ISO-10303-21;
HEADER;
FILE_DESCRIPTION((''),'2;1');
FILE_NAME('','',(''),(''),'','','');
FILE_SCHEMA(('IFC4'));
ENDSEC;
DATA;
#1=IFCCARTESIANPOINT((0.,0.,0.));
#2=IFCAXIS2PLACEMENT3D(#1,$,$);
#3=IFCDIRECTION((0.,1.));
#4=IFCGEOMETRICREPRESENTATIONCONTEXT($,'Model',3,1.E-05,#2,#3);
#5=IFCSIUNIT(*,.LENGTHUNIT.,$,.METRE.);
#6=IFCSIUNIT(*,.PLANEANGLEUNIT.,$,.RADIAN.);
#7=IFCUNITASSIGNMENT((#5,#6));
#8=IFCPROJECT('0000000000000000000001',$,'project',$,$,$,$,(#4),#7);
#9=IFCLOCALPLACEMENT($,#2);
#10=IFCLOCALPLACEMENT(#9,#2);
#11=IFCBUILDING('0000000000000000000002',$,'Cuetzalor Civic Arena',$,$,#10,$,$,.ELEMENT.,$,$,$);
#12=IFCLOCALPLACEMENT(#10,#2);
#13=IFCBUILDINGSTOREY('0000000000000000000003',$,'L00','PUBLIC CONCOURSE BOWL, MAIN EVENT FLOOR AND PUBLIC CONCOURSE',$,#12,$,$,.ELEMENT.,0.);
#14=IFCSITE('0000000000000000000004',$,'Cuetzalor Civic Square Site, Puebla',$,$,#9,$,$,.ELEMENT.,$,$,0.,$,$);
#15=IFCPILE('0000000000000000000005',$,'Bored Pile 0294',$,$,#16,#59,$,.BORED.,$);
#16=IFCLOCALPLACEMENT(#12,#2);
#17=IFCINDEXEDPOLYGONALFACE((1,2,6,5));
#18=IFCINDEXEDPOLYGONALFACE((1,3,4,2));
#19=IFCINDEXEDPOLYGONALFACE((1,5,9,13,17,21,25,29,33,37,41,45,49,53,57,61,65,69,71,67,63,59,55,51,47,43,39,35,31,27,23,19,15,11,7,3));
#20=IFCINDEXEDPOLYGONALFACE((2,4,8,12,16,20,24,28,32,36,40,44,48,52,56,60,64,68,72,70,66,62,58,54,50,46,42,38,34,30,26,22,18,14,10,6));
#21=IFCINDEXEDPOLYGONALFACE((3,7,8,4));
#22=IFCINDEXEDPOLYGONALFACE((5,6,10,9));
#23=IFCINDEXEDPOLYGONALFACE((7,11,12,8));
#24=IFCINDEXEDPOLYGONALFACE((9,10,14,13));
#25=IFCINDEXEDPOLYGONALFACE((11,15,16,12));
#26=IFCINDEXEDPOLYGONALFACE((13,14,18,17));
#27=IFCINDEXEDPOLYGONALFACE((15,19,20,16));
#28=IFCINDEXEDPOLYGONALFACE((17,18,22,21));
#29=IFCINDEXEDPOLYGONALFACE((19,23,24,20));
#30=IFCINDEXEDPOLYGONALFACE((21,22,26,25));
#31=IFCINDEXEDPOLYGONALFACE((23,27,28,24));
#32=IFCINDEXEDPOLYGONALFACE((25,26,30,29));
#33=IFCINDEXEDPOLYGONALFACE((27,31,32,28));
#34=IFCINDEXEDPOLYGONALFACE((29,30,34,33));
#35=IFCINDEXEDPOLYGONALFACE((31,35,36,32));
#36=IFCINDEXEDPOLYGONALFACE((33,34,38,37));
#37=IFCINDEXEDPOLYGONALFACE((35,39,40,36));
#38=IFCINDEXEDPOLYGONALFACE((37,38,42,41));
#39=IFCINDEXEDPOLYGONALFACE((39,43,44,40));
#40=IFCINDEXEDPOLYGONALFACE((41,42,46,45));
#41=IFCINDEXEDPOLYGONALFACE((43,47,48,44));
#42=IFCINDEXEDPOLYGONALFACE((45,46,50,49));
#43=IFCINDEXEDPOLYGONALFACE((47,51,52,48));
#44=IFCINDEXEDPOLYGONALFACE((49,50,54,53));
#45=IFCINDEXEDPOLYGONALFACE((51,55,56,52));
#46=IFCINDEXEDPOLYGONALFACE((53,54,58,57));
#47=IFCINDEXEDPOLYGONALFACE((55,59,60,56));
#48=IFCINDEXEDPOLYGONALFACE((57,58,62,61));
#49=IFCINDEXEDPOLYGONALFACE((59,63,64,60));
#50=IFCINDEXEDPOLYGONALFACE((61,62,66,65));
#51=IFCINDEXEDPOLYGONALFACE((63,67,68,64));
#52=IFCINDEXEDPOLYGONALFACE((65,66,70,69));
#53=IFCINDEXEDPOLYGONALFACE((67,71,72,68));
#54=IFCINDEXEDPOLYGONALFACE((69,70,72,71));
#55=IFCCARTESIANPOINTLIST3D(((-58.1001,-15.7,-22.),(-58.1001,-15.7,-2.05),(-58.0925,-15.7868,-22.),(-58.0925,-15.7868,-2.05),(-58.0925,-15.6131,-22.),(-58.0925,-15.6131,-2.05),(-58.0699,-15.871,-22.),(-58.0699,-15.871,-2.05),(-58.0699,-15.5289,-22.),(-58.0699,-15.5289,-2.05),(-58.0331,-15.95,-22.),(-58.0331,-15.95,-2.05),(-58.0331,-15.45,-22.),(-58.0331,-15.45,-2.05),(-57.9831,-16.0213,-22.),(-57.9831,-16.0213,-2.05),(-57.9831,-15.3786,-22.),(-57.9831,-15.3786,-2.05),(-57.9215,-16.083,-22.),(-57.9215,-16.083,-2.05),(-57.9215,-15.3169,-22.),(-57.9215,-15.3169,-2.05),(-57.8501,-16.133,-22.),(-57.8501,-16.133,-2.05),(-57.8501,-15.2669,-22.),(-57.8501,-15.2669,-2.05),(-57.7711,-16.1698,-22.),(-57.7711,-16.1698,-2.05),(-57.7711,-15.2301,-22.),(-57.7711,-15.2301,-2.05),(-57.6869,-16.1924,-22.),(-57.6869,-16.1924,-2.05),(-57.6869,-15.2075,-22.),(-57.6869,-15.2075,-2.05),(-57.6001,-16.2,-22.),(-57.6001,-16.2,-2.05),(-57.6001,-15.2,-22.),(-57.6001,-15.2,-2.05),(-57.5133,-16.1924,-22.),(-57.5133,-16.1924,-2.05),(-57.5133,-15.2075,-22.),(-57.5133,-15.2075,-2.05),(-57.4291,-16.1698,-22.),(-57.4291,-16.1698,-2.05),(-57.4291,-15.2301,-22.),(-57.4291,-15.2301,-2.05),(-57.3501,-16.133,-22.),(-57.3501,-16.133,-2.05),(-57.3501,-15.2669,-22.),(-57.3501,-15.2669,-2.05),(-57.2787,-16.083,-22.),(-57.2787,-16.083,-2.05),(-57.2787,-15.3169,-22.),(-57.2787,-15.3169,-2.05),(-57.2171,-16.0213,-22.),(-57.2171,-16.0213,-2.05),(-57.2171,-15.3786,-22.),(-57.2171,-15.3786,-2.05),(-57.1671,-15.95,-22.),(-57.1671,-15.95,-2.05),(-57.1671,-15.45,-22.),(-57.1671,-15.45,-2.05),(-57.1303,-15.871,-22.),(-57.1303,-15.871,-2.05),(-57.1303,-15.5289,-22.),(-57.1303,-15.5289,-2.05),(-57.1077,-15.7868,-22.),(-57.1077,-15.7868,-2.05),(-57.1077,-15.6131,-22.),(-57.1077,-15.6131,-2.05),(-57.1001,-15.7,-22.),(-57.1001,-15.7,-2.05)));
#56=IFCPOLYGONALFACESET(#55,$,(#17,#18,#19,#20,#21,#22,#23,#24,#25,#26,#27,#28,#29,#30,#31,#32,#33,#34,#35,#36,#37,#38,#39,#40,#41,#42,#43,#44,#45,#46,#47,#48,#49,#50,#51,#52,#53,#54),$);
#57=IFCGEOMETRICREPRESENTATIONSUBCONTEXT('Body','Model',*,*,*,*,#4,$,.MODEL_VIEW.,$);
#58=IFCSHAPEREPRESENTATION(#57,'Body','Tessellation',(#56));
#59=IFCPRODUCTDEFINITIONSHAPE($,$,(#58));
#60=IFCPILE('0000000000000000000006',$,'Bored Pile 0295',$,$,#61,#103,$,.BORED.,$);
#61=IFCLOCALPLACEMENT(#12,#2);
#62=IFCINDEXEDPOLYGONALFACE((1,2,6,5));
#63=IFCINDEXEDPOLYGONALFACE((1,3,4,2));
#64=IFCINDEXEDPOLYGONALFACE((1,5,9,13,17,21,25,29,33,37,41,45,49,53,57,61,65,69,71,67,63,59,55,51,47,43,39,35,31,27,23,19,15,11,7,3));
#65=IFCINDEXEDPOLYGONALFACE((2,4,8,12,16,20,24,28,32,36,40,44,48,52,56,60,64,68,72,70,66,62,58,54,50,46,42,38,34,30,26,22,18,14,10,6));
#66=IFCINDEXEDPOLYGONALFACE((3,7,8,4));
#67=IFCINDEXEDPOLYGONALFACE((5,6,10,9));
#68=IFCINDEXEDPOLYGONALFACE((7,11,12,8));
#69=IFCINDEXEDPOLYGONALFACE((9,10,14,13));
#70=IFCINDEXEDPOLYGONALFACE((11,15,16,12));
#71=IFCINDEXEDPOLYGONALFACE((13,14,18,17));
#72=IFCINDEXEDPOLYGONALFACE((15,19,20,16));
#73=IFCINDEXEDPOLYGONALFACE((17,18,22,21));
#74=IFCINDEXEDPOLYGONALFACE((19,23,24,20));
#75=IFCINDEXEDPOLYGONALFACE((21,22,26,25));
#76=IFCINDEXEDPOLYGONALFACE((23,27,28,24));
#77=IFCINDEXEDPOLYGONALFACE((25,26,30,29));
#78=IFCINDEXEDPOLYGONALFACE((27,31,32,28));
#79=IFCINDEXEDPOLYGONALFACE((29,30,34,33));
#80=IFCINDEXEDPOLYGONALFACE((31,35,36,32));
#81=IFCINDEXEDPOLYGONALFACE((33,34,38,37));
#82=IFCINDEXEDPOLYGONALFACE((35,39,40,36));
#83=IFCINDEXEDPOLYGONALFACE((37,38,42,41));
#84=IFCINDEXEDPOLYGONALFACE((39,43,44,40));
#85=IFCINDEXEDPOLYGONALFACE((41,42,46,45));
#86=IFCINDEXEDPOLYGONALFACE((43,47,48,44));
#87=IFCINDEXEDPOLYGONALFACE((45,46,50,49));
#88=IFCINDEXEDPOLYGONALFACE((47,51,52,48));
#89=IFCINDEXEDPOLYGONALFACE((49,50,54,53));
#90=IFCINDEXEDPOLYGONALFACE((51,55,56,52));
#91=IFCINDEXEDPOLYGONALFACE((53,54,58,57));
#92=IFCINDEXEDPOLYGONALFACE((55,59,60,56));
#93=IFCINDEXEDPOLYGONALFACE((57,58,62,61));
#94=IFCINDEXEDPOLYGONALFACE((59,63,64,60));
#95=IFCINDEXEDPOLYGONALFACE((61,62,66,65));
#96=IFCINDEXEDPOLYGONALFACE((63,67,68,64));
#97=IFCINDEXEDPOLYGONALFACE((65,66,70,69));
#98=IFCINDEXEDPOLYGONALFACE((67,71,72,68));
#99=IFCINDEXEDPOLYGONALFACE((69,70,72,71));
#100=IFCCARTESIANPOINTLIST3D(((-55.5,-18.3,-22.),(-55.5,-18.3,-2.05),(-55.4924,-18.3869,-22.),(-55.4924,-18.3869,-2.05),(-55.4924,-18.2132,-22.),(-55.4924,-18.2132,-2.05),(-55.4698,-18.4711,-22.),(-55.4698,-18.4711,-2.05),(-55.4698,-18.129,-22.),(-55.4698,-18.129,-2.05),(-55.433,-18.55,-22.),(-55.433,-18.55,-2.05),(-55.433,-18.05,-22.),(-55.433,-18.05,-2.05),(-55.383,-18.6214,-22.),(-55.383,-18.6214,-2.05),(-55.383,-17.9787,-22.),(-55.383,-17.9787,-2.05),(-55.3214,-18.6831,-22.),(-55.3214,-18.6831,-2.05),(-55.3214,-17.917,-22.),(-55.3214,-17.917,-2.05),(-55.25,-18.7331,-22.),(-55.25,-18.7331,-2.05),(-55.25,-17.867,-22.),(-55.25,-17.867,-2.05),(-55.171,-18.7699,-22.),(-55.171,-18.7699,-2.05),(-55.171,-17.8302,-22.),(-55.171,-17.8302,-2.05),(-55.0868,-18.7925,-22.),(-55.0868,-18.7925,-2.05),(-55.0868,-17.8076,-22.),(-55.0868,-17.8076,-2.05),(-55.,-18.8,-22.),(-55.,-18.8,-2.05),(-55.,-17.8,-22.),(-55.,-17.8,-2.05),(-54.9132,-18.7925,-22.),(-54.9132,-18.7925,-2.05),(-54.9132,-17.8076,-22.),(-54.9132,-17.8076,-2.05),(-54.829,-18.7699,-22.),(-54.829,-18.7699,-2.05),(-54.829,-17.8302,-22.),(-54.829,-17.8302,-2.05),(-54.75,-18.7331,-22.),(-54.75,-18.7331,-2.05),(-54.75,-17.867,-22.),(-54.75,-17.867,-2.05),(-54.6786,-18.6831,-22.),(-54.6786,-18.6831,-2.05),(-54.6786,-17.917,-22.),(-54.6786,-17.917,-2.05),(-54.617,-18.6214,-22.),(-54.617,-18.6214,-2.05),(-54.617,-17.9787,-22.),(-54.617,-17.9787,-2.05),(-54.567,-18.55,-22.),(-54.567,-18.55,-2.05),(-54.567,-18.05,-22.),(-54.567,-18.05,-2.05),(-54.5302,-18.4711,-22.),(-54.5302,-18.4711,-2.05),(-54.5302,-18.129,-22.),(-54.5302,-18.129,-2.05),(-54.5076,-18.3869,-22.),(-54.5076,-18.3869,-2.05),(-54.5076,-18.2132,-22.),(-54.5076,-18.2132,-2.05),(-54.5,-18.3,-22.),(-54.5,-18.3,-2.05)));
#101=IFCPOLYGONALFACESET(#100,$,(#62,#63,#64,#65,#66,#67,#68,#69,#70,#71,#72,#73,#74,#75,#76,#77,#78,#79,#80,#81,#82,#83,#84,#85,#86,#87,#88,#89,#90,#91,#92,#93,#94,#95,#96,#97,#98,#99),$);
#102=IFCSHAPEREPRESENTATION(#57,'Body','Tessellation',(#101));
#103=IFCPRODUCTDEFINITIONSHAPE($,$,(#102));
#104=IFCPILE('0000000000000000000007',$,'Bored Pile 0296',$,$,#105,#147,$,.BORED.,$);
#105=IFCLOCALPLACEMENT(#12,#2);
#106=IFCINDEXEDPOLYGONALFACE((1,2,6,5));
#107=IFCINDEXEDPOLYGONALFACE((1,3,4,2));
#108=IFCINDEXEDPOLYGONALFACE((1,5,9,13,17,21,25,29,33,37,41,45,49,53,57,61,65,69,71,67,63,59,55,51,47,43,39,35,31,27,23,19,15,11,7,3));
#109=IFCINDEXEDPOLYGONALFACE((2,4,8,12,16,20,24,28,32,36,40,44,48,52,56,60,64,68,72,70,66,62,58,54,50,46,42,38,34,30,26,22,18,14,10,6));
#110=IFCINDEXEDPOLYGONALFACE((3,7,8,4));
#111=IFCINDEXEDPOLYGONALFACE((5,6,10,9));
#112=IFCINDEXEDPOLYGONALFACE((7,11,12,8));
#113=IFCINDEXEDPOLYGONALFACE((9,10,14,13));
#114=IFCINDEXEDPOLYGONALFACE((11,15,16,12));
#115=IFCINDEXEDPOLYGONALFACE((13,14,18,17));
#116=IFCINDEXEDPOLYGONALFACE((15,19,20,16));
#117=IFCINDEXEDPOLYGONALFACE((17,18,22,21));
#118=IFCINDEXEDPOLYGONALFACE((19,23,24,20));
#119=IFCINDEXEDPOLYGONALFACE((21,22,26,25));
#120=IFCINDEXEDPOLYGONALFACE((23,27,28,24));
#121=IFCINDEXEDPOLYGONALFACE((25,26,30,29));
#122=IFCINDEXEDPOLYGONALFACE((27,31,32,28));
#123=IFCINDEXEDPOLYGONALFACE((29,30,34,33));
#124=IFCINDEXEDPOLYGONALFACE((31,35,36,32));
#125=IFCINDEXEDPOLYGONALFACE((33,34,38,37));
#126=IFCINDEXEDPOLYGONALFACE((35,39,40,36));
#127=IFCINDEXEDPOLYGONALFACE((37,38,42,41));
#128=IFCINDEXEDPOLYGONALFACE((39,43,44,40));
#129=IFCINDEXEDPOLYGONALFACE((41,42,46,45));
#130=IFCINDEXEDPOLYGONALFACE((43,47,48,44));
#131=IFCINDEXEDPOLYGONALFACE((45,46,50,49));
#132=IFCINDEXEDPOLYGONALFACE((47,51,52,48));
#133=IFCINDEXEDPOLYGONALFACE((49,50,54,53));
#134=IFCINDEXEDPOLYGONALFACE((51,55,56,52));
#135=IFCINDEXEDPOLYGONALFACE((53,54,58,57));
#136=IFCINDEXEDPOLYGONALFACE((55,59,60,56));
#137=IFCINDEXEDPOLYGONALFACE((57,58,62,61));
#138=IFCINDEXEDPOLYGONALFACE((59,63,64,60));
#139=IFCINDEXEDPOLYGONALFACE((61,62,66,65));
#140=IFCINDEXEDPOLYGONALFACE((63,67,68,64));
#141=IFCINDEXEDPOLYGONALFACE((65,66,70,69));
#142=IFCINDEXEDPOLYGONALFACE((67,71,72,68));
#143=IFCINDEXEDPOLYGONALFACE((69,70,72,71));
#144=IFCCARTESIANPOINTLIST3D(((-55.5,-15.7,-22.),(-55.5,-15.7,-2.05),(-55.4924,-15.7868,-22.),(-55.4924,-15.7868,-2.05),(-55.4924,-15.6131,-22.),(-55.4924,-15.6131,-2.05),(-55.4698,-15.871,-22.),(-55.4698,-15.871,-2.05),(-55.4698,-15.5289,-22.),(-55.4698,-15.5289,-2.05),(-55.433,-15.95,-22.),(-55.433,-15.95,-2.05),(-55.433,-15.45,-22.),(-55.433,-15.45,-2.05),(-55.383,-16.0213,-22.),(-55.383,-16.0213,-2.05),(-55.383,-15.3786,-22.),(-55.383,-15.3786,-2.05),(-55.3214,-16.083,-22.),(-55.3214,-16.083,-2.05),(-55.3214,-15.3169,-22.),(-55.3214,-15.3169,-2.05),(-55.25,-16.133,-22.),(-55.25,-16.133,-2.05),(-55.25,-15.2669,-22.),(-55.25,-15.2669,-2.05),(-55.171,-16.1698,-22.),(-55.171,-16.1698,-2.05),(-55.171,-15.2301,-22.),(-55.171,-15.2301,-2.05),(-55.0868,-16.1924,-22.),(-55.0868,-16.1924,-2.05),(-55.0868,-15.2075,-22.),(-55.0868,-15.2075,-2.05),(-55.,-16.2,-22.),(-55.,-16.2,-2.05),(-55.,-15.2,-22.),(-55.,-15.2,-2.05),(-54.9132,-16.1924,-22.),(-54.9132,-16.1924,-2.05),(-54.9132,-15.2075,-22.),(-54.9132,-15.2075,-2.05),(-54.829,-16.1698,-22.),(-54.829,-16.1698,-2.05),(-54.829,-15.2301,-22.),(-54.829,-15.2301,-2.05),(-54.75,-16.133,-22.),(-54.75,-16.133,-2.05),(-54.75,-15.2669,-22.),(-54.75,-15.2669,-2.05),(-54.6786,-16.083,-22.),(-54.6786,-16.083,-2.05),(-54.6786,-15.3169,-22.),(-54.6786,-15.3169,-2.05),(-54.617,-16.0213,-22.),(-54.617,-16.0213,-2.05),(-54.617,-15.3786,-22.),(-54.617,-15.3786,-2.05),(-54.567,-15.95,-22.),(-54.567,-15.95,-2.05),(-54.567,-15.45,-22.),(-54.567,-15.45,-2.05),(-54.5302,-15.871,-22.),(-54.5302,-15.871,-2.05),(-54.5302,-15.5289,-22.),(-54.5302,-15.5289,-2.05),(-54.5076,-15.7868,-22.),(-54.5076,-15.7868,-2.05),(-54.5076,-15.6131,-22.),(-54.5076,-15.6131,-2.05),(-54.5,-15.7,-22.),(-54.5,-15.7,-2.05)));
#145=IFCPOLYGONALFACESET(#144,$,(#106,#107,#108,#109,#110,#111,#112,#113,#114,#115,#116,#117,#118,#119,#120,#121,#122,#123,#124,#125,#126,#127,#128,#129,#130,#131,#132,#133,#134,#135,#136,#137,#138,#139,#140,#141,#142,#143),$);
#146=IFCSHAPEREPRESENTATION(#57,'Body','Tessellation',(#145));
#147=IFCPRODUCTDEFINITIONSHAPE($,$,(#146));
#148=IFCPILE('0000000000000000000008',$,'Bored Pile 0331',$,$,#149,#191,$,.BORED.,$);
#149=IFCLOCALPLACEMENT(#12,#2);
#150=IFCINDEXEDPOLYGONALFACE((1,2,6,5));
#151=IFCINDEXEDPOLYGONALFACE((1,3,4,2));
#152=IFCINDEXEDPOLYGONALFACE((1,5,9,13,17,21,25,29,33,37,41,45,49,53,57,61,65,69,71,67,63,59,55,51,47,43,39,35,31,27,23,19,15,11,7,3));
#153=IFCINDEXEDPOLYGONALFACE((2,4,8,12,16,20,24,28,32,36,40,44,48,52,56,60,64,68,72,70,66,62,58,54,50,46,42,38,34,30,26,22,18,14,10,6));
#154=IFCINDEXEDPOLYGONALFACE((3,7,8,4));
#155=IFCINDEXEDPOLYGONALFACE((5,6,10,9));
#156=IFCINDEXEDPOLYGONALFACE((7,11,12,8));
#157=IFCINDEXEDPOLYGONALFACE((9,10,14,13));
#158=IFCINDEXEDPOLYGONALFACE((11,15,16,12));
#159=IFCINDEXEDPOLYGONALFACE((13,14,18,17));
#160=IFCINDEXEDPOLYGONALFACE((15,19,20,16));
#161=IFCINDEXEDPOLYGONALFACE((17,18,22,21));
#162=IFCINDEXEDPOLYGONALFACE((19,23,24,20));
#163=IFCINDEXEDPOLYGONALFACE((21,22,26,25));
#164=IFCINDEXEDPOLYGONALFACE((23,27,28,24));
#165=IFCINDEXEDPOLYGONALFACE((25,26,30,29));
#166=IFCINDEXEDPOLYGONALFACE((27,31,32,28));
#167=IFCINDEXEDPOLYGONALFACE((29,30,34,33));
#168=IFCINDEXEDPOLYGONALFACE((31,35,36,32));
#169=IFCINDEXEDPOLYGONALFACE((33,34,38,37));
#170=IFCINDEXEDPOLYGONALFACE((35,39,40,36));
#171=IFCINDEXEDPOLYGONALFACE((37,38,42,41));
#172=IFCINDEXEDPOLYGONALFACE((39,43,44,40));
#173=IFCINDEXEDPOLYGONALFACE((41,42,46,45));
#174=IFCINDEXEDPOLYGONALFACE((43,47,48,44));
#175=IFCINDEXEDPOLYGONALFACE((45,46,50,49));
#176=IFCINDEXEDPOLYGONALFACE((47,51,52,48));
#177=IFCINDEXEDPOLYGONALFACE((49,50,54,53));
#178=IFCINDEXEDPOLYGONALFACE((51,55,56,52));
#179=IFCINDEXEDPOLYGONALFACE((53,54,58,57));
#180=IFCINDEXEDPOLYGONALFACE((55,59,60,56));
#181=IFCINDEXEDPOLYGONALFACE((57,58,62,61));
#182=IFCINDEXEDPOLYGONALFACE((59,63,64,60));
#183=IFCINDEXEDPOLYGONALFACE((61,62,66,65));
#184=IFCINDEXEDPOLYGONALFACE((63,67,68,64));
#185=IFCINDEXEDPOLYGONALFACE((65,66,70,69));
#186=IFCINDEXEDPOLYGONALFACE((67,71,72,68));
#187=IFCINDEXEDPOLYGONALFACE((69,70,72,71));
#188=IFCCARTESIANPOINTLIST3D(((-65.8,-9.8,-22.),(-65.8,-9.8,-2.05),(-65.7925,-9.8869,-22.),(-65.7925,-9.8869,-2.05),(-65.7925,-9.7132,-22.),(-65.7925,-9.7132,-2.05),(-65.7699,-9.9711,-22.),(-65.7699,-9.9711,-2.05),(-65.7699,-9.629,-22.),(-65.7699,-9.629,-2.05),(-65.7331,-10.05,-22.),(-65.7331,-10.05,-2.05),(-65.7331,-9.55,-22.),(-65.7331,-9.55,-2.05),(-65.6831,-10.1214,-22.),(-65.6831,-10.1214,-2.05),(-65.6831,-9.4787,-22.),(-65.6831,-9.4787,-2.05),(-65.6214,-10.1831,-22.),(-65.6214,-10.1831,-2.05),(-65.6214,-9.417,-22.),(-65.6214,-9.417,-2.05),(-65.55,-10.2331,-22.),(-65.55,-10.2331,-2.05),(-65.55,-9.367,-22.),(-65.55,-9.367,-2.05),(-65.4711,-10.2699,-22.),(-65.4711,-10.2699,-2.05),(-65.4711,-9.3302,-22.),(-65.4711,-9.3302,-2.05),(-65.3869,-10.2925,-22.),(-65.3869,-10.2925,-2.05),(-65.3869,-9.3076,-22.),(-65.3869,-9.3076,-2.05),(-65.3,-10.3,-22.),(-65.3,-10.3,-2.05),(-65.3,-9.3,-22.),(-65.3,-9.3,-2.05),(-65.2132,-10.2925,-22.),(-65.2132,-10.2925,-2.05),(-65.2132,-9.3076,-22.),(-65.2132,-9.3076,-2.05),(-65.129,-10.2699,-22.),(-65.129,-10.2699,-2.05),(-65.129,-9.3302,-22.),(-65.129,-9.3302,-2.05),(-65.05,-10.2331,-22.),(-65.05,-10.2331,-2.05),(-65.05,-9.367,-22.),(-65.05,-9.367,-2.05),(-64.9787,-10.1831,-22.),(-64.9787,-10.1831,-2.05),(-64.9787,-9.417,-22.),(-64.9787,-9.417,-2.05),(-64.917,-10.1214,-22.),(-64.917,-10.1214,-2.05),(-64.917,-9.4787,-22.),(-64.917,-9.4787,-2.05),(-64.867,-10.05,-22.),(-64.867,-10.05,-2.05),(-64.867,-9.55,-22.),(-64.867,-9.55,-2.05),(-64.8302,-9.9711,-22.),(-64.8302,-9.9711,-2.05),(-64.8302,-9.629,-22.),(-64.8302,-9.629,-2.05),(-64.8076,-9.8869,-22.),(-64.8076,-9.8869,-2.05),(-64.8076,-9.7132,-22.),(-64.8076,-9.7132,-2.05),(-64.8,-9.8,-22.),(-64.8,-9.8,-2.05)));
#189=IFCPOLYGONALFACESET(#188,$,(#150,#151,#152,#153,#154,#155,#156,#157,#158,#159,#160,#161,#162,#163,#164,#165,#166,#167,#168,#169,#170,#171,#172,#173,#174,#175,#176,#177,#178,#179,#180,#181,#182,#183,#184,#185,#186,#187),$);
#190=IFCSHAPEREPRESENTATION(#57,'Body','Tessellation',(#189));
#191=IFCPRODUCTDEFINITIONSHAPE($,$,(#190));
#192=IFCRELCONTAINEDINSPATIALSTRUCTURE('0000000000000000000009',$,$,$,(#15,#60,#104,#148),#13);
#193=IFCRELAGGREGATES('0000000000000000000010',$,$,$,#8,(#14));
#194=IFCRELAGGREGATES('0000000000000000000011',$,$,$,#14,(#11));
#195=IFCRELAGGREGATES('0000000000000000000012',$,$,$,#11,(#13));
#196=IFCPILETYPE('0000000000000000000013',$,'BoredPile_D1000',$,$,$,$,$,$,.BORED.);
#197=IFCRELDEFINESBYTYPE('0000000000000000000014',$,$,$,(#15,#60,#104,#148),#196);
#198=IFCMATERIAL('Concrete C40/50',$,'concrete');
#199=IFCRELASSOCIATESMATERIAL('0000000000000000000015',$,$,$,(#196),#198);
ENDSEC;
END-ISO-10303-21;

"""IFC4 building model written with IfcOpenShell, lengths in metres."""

from ifc_helpers import new_model, si_unit, direction, frame, origin, origin_2d, place, context, subcontext, project, spatial, circle, extrude, material, material_profile, profile_set, type_object, element, save


model = new_model("IFC4")

# Units and contexts
model_context = context("Model", 3, precision=1e-05, world=origin(), true_north=direction((0.0, 1.0)))
body_context = subcontext(model_context, "Body", "Model", "MODEL_VIEW")
ifc_project = project(units=[si_unit("LENGTHUNIT", "METRE"), si_unit("PLANEANGLEUNIT", "RADIAN")], contexts=[model_context])

# Site, building, storey
site_placement = place(None, origin())
site = spatial("IfcSite", under=ifc_project, at=site_placement, Name="Cuetzalor Civic Square Site, Puebla", CompositionType="ELEMENT", RefElevation=0.0)
building_placement = place(site_placement, origin())
building = spatial("IfcBuilding", under=site, at=building_placement, Name="Cuetzalor Civic Arena", CompositionType="ELEMENT")
storey_placement = place(building_placement, origin())
storey = spatial("IfcBuildingStorey", under=building, at=storey_placement, Name="L00", Description="PUBLIC CONCOURSE BOWL, MAIN EVENT FLOOR AND PUBLIC CONCOURSE", CompositionType="ELEMENT", Elevation=0.0)

# Piles
ifc_material_1 = material(Name="Concrete C40/50", Category="concrete")
ifc_material_profile_1 = material_profile(ifc_material_1, circle(Radius=0.5, at=origin_2d()), Name="BORED PILE D1000")
ifc_profile_set_1 = profile_set([ifc_material_profile_1], Name="Concrete C40/50")
pile_type_1 = type_object("IfcPileType", Name="BoredPile_D1000", PredefinedType="BORED", material=ifc_profile_set_1)
for number, where, z_axis, x_axis, name in (
    (1, (-57.6001, -15.7, -2.05), (0.0, 0.0, -1.0), (1.0, 0.0, 0.0), "Bored Pile 0294"),
    (2, (-55.0, -18.3, -2.05), (0.0, 0.0, -1.0), (1.0, 0.0, 0.0), "Bored Pile 0295"),
    (3, (-55.0, -15.7, -2.05), (0.0, 0.0, -1.0), (1.0, 0.0, 0.0), "Bored Pile 0296"),
    (4, (-65.3, -9.8, -2.05), (0.0, 0.0, -1.0), (1.0, 0.0, 0.0), "Bored Pile 0331"),
):
    element("IfcPile", number, at=place(storey_placement, frame(where, z_axis=z_axis, x_axis=x_axis)), inside=storey, type_object=pile_type_1, Name=name, PredefinedType="BORED", context=body_context, shape_type="SweptSolid", body=[
        extrude(circle(Radius=0.5, at=origin_2d()), origin(), (0.0, 0.0, 1.0), 19.95),
    ])

save(model, "model.ifc")
